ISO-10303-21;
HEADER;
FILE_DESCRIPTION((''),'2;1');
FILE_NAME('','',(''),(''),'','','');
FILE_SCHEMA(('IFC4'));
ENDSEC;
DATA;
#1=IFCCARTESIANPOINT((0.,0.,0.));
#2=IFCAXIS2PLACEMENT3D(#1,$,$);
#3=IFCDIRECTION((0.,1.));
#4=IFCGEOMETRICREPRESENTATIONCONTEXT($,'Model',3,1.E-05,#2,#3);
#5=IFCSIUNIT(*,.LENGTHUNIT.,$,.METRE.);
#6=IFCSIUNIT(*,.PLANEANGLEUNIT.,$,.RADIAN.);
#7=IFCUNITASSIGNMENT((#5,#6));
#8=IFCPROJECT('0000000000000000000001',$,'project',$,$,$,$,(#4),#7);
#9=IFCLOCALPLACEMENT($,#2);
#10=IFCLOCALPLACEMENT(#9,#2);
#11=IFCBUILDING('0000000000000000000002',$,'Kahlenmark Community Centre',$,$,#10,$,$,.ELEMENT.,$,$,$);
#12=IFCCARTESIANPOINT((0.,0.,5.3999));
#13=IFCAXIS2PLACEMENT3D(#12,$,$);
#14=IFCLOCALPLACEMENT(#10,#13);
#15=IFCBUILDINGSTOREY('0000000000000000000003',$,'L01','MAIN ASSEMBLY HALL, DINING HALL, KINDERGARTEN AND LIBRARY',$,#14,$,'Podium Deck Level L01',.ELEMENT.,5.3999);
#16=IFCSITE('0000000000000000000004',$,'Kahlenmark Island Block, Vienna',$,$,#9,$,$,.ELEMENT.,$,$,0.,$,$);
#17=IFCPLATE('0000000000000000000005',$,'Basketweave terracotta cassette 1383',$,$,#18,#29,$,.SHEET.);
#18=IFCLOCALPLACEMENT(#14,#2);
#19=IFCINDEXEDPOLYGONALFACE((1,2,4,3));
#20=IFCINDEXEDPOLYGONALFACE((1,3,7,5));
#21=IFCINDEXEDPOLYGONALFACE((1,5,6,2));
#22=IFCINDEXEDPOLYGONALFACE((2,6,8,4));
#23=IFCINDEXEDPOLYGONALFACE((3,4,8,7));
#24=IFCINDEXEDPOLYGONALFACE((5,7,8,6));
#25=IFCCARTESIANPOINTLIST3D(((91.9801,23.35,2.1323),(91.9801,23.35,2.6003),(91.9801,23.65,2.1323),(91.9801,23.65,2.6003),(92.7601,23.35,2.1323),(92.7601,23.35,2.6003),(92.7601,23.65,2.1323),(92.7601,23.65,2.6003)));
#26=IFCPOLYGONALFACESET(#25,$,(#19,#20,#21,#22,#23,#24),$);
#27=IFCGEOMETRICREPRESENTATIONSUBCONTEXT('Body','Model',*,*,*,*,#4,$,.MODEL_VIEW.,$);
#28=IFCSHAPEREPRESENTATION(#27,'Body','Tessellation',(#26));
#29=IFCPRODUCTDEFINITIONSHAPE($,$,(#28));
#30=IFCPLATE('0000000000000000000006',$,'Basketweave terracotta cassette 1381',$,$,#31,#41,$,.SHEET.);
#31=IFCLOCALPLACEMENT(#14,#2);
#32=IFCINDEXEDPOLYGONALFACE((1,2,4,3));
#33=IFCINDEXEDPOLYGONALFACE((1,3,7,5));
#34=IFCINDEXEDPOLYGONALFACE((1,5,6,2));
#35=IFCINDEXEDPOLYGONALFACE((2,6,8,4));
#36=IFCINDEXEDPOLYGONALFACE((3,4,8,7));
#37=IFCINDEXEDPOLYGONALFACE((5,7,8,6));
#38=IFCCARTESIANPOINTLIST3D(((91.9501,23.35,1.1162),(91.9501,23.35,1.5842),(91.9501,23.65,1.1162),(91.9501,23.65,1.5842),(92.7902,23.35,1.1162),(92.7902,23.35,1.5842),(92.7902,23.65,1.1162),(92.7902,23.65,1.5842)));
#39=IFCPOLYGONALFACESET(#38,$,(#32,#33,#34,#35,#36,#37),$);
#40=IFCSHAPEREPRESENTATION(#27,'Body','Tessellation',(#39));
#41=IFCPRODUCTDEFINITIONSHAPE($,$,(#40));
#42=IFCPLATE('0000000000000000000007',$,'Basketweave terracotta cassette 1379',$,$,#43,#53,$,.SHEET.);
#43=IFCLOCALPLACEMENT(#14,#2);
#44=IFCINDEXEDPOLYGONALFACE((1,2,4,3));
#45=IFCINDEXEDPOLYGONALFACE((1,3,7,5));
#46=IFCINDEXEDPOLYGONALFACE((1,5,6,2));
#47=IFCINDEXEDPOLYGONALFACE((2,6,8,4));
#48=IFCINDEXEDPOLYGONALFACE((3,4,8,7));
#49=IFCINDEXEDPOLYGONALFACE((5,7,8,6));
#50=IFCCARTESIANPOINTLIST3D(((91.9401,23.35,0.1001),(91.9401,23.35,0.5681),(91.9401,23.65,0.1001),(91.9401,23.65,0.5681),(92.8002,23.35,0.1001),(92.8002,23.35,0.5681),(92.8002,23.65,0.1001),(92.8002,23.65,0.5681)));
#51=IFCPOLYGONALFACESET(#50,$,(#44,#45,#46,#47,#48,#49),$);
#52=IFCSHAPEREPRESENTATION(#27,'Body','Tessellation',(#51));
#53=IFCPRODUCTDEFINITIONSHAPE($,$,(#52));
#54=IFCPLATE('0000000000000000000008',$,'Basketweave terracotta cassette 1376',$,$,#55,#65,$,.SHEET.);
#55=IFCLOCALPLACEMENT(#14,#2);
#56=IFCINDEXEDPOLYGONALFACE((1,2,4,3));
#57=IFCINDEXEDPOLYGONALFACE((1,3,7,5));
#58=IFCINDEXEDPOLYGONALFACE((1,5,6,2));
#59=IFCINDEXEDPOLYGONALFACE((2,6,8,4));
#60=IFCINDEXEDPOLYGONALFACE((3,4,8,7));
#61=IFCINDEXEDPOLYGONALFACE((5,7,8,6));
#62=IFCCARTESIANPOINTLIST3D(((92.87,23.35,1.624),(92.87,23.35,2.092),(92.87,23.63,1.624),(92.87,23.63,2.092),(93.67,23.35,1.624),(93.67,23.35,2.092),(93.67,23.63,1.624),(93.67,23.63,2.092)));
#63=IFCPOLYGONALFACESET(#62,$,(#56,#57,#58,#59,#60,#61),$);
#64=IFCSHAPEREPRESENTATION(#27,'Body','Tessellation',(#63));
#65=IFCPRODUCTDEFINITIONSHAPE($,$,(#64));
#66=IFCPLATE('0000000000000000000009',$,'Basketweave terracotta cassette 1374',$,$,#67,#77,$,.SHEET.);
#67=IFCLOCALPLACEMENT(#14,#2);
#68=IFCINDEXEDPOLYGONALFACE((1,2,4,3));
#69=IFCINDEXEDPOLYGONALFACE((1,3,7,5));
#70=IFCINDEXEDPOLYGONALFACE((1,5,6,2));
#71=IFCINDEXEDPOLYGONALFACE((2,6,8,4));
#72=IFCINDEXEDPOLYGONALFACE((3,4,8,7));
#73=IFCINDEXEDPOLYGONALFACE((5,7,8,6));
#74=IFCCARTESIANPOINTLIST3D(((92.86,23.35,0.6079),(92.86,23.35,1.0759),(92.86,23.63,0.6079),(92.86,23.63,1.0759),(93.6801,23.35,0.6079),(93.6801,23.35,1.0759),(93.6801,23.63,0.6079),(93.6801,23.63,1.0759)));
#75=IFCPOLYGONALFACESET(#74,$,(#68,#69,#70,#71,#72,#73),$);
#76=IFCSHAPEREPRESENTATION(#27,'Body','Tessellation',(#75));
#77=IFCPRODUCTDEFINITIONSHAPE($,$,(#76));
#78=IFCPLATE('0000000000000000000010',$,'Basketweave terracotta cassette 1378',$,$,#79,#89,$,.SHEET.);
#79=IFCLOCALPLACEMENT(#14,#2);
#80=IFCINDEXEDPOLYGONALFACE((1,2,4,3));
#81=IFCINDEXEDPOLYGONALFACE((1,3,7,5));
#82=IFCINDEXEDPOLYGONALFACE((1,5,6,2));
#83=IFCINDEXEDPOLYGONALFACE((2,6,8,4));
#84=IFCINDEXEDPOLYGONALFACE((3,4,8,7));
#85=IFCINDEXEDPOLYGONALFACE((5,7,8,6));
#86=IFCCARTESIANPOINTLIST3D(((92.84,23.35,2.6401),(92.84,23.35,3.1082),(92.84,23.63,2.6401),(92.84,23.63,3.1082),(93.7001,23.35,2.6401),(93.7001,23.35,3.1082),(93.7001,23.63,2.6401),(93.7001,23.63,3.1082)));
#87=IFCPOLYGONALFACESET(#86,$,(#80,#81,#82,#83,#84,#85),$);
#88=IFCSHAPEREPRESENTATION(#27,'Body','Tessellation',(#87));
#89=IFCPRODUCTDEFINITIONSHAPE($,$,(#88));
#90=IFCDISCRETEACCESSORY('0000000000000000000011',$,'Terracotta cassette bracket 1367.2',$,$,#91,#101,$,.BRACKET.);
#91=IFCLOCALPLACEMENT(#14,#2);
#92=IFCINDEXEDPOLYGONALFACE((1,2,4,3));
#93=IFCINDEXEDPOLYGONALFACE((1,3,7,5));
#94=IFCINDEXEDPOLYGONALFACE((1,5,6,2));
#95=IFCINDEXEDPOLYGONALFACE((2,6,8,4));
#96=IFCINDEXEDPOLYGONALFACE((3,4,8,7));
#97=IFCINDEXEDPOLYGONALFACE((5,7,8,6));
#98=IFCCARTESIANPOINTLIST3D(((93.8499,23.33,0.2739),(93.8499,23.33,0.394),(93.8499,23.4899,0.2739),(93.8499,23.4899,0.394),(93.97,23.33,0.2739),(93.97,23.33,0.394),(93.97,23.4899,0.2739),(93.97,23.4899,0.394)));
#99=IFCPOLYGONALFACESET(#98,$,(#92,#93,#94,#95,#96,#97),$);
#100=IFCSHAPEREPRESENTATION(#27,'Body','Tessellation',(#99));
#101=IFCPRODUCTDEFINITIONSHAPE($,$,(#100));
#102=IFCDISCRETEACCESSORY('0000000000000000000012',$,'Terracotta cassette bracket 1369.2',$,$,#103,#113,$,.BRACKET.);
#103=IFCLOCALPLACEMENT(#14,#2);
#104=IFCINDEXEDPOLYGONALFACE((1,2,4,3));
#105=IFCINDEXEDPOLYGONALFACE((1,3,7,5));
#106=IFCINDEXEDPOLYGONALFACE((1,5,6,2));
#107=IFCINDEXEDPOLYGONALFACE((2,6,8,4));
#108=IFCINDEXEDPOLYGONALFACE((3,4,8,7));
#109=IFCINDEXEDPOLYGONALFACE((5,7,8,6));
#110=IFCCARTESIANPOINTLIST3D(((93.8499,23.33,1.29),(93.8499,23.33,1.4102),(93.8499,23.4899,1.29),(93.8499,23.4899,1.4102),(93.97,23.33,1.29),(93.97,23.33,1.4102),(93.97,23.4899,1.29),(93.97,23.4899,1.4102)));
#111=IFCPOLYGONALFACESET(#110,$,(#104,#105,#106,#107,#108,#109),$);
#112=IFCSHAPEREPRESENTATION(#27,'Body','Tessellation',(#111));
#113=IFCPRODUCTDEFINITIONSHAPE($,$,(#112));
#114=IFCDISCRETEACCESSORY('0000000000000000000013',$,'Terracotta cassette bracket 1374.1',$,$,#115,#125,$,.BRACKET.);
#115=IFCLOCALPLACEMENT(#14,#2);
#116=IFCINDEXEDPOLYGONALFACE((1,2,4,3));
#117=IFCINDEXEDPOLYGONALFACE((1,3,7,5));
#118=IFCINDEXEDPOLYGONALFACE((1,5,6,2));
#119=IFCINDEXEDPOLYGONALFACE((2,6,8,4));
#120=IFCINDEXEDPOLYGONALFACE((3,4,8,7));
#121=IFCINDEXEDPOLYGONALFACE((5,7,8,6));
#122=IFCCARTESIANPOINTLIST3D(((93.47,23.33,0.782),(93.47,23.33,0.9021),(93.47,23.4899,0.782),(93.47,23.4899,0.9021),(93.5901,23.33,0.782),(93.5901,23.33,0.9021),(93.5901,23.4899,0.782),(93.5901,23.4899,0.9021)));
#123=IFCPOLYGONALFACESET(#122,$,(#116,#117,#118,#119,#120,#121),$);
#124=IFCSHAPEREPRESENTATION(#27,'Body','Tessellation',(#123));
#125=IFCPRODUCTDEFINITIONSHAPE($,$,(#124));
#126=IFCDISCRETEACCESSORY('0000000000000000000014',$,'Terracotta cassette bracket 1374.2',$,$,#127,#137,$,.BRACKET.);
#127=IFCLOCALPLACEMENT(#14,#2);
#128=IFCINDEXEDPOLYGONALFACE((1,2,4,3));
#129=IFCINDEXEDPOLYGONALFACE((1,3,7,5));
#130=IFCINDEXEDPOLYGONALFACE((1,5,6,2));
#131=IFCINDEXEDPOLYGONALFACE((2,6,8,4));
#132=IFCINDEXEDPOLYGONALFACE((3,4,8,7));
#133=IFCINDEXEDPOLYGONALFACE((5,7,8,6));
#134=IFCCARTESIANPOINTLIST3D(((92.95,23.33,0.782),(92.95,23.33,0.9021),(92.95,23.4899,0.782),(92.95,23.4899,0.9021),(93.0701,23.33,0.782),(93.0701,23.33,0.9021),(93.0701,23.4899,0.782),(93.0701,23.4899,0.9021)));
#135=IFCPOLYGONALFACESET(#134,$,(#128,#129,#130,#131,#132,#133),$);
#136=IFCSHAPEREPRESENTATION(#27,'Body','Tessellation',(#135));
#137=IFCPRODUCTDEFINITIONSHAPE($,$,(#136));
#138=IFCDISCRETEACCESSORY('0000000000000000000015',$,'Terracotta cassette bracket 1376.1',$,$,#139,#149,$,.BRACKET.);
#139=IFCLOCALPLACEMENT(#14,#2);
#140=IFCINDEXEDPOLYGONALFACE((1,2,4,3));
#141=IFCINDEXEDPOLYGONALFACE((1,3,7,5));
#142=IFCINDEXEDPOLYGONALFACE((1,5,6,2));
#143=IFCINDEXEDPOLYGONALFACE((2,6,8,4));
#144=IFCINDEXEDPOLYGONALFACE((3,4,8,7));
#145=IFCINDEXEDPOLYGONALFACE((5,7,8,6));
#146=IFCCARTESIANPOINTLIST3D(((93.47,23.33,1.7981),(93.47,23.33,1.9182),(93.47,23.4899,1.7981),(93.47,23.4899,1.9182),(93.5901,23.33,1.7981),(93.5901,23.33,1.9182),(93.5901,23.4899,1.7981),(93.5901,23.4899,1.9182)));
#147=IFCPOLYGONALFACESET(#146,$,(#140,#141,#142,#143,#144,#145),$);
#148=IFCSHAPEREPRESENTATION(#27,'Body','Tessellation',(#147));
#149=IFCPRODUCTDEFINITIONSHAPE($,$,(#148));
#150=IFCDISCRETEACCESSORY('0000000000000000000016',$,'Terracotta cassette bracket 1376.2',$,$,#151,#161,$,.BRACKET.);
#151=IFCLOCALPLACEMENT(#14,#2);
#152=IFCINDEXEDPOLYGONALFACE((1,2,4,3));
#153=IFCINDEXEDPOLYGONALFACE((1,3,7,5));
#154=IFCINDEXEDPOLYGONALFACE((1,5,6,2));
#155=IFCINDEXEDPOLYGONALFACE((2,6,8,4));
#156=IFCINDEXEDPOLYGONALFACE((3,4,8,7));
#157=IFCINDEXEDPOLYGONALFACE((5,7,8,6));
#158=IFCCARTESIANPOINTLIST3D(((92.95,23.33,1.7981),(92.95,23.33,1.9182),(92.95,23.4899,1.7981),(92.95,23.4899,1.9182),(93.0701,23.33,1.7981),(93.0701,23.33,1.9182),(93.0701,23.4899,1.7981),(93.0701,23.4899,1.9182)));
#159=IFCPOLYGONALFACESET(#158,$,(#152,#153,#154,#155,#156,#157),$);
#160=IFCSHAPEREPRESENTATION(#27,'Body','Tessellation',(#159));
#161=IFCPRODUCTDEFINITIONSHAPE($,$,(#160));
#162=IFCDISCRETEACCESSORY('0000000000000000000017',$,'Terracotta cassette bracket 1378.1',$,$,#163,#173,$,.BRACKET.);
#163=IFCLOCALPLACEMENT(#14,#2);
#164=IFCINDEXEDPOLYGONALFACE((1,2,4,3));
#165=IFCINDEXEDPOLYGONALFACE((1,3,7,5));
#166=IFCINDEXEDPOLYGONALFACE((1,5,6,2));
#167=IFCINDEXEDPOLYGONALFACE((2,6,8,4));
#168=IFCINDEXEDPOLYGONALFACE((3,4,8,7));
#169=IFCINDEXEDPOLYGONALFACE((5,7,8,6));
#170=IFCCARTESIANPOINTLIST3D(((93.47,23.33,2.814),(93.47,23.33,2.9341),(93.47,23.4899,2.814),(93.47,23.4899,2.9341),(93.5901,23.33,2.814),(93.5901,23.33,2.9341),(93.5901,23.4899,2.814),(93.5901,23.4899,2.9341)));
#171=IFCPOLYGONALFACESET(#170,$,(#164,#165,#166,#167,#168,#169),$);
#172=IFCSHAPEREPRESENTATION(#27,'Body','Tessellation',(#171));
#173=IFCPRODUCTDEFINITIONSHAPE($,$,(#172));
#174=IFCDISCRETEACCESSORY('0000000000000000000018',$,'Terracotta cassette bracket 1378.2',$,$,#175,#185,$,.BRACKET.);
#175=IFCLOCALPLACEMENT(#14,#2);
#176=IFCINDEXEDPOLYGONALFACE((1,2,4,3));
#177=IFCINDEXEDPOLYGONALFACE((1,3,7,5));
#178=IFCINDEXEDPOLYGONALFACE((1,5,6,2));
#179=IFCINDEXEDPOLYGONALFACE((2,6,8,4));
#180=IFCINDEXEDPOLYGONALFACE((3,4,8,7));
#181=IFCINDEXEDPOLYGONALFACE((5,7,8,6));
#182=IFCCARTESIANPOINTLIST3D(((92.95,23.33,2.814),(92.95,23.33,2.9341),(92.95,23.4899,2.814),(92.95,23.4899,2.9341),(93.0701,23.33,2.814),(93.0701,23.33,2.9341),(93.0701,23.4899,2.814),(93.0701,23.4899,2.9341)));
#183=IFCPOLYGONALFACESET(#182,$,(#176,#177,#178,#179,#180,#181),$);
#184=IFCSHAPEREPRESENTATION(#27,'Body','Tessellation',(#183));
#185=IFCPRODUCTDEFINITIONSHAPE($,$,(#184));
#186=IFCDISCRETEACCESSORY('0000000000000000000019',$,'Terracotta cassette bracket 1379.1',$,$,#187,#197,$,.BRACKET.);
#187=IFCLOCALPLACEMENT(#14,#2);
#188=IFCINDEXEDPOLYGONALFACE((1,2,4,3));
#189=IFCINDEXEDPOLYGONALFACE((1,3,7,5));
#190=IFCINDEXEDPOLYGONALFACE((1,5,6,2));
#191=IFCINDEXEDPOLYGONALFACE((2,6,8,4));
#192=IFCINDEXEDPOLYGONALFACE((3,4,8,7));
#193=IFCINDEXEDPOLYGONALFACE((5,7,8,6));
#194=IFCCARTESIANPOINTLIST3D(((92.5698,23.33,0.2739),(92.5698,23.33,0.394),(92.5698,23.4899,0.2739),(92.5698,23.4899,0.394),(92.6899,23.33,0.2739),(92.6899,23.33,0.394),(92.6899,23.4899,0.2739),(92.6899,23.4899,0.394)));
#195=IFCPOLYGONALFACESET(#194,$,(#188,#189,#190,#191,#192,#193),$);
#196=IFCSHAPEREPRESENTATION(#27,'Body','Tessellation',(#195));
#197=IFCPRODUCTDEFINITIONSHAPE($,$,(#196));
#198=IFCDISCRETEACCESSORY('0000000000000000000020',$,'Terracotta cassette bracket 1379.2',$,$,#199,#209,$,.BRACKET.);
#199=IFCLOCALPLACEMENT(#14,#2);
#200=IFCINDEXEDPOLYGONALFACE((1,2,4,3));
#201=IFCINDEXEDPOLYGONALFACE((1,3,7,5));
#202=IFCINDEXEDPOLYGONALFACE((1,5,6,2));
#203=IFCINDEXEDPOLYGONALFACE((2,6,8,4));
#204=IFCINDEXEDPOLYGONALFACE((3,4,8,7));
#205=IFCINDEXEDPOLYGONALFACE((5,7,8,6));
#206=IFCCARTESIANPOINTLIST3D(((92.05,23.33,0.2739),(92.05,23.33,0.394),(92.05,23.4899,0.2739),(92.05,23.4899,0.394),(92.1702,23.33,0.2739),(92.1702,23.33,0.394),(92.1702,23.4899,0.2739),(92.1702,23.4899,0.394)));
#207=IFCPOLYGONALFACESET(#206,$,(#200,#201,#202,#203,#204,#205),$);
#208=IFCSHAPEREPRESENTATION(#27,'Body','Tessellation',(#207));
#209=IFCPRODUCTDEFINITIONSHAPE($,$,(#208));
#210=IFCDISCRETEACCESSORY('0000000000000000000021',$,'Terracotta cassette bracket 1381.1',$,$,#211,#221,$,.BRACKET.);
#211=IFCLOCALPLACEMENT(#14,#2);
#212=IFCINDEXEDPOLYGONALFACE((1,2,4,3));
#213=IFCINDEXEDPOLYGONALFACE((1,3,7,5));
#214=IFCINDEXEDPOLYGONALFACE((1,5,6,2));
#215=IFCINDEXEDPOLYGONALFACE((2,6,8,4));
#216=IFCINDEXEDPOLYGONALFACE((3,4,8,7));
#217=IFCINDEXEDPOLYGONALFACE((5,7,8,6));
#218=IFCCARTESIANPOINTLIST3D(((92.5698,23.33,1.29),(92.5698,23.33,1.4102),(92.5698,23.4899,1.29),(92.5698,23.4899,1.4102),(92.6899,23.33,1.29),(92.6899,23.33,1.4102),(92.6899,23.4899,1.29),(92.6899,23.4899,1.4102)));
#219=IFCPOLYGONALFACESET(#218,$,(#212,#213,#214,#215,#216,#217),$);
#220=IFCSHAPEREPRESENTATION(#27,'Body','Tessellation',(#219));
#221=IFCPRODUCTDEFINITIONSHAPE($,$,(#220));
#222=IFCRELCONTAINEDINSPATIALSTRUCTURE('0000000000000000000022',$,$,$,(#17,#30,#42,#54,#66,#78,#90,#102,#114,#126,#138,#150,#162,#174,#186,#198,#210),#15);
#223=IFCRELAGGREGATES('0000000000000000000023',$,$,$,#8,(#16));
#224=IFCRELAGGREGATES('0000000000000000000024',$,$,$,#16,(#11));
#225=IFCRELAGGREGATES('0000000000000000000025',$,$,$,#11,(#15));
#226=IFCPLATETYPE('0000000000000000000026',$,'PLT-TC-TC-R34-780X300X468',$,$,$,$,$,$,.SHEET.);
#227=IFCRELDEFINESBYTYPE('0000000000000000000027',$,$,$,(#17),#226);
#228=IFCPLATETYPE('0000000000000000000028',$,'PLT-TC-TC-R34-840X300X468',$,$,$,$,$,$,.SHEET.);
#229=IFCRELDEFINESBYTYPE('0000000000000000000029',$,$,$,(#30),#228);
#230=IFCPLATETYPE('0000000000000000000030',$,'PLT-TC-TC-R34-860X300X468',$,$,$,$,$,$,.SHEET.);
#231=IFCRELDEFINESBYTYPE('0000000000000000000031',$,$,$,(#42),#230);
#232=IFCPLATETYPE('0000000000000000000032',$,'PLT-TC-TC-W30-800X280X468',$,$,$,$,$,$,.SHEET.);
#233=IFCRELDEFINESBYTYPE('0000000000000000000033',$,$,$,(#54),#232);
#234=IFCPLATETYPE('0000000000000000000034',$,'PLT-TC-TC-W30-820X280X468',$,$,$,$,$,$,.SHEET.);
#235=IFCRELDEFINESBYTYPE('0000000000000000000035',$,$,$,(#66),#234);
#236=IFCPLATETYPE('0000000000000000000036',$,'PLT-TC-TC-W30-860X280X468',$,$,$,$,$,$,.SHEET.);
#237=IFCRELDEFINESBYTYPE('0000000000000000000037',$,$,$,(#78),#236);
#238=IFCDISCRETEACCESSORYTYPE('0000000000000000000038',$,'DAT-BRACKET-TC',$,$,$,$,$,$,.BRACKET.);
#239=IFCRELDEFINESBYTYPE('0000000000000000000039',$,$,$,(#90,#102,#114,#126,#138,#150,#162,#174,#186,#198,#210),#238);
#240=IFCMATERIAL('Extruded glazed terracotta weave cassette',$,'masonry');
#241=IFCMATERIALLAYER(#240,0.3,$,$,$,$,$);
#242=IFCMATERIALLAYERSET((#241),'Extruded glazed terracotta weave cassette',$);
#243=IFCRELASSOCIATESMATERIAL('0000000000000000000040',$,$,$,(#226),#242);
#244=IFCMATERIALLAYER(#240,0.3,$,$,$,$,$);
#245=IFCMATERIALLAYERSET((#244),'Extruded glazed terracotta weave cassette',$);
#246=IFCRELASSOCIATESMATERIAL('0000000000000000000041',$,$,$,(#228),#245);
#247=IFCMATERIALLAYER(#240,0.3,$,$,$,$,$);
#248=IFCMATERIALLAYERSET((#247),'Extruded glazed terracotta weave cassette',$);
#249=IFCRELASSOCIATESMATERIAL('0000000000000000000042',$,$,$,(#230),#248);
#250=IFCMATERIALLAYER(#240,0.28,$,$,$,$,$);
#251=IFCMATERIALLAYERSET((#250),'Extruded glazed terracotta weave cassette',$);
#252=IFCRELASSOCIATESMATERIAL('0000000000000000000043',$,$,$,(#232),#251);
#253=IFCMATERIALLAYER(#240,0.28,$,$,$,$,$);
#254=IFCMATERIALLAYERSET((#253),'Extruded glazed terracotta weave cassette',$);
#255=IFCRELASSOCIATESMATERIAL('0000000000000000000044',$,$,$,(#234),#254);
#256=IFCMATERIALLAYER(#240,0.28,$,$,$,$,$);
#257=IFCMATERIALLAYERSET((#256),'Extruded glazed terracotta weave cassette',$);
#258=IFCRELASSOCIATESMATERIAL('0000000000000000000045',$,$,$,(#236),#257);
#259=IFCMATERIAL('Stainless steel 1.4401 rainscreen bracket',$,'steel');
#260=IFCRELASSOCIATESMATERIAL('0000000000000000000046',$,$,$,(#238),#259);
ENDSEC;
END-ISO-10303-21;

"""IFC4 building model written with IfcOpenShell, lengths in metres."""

from ifc_helpers import new_model, si_unit, direction, frame, origin, origin_2d, place, context, subcontext, project, spatial, rectangle, extrude, material, layer, layer_set, type_object, element, save


model = new_model("IFC4")

# Units and contexts
model_context = context("Model", 3, precision=1e-05, world=origin(), true_north=direction((0.0, 1.0)))
body_context = subcontext(model_context, "Body", "Model", "MODEL_VIEW")
ifc_project = project(units=[si_unit("LENGTHUNIT", "METRE"), si_unit("PLANEANGLEUNIT", "RADIAN")], contexts=[model_context])

# Site, building, storey
site_placement = place(None, origin())
site = spatial("IfcSite", under=ifc_project, at=site_placement, Name="Kahlenmark Island Block, Vienna", CompositionType="ELEMENT", RefElevation=0.0)
building_placement = place(site_placement, origin())
building = spatial("IfcBuilding", under=site, at=building_placement, Name="Kahlenmark Community Centre", CompositionType="ELEMENT")
storey_placement = place(building_placement, frame((0.0, 0.0, 5.3999)))
storey = spatial("IfcBuildingStorey", under=building, at=storey_placement, Name="L01", Description="MAIN ASSEMBLY HALL, DINING HALL, KINDERGARTEN AND LIBRARY", LongName="Podium Deck Level L01", CompositionType="ELEMENT", Elevation=5.3999)

# Plates
ifc_material_1 = material(Name="Extruded glazed terracotta weave cassette", Category="masonry")
ifc_layer_1 = layer(ifc_material_1, 0.3)
ifc_layer_set_1 = layer_set([ifc_layer_1], Name="Extruded glazed terracotta weave cassette")
plate_type_1 = type_object("IfcPlateType", Name="PLT-TC-TC-R34-780X300X468", PredefinedType="SHEET", material=ifc_layer_set_1)
plate_1_placement = place(storey_placement, frame((92.3701, 23.5, 2.1323), z_axis=(0.0, 0.0, 1.0), x_axis=(-1.0, 0.0, 0.0)))
element("IfcPlate", 1, at=plate_1_placement, inside=storey, type_object=plate_type_1, Name="Basketweave terracotta cassette 1383", PredefinedType="SHEET", context=body_context, shape_type="SweptSolid", body=[
    extrude(rectangle(XDim=0.78, YDim=0.3, at=origin_2d()), origin(), (0.0, 0.0, 1.0), 0.468),
])
ifc_layer_2 = layer(ifc_material_1, 0.3)
ifc_layer_set_2 = layer_set([ifc_layer_2], Name="Extruded glazed terracotta weave cassette")
plate_type_2 = type_object("IfcPlateType", Name="PLT-TC-TC-R34-840X300X468", PredefinedType="SHEET", material=ifc_layer_set_2)
plate_2_placement = place(storey_placement, frame((92.3701, 23.5, 1.1162), z_axis=(0.0, 0.0, 1.0), x_axis=(-1.0, 0.0, 0.0)))
element("IfcPlate", 2, at=plate_2_placement, inside=storey, type_object=plate_type_2, Name="Basketweave terracotta cassette 1381", PredefinedType="SHEET", context=body_context, shape_type="SweptSolid", body=[
    extrude(rectangle(XDim=0.8401, YDim=0.3, at=origin_2d()), origin(), (0.0, 0.0, 1.0), 0.468),
])
ifc_layer_3 = layer(ifc_material_1, 0.3)
ifc_layer_set_3 = layer_set([ifc_layer_3], Name="Extruded glazed terracotta weave cassette")
plate_type_3 = type_object("IfcPlateType", Name="PLT-TC-TC-R34-860X300X468", PredefinedType="SHEET", material=ifc_layer_set_3)
plate_3_placement = place(storey_placement, frame((92.3701, 23.5, 0.1001), z_axis=(0.0, 0.0, 1.0), x_axis=(-1.0, 0.0, 0.0)))
element("IfcPlate", 3, at=plate_3_placement, inside=storey, type_object=plate_type_3, Name="Basketweave terracotta cassette 1379", PredefinedType="SHEET", context=body_context, shape_type="SweptSolid", body=[
    extrude(rectangle(XDim=0.8601, YDim=0.3, at=origin_2d()), origin(), (0.0, 0.0, 1.0), 0.468),
])
ifc_layer_4 = layer(ifc_material_1, 0.28)
ifc_layer_set_4 = layer_set([ifc_layer_4], Name="Extruded glazed terracotta weave cassette")
plate_type_4 = type_object("IfcPlateType", Name="PLT-TC-TC-W30-800X280X468", PredefinedType="SHEET", material=ifc_layer_set_4)
plate_4_placement = place(storey_placement, frame((93.27, 23.49, 1.624), z_axis=(0.0, 0.0, 1.0), x_axis=(-1.0, 0.0, 0.0)))
element("IfcPlate", 4, at=plate_4_placement, inside=storey, type_object=plate_type_4, Name="Basketweave terracotta cassette 1376", PredefinedType="SHEET", context=body_context, shape_type="SweptSolid", body=[
    extrude(rectangle(XDim=0.8, YDim=0.28, at=origin_2d()), origin(), (0.0, 0.0, 1.0), 0.468),
])
ifc_layer_5 = layer(ifc_material_1, 0.28)
ifc_layer_set_5 = layer_set([ifc_layer_5], Name="Extruded glazed terracotta weave cassette")
plate_type_5 = type_object("IfcPlateType", Name="PLT-TC-TC-W30-820X280X468", PredefinedType="SHEET", material=ifc_layer_set_5)
plate_5_placement = place(storey_placement, frame((93.27, 23.49, 0.6079), z_axis=(0.0, 0.0, 1.0), x_axis=(-1.0, 0.0, 0.0)))
element("IfcPlate", 5, at=plate_5_placement, inside=storey, type_object=plate_type_5, Name="Basketweave terracotta cassette 1374", PredefinedType="SHEET", context=body_context, shape_type="SweptSolid", body=[
    extrude(rectangle(XDim=0.8201, YDim=0.28, at=origin_2d()), origin(), (0.0, 0.0, 1.0), 0.468),
])
ifc_layer_6 = layer(ifc_material_1, 0.28)
ifc_layer_set_6 = layer_set([ifc_layer_6], Name="Extruded glazed terracotta weave cassette")
plate_type_6 = type_object("IfcPlateType", Name="PLT-TC-TC-W30-860X280X468", PredefinedType="SHEET", material=ifc_layer_set_6)
plate_6_placement = place(storey_placement, frame((93.27, 23.49, 2.6401), z_axis=(0.0, 0.0, 1.0), x_axis=(-1.0, 0.0, 0.0)))
element("IfcPlate", 6, at=plate_6_placement, inside=storey, type_object=plate_type_6, Name="Basketweave terracotta cassette 1378", PredefinedType="SHEET", context=body_context, shape_type="SweptSolid", body=[
    extrude(rectangle(XDim=0.8601, YDim=0.28, at=origin_2d()), origin(), (0.0, 0.0, 1.0), 0.468),
])

# Discrete accessories
ifc_material_2 = material(Name="Stainless steel 1.4401 rainscreen bracket", Category="steel")
discrete_accessory_type = type_object("IfcDiscreteAccessoryType", Name="DAT-BRACKET-TC", PredefinedType="BRACKET", material=ifc_material_2)
for number, where, z_axis, x_axis, name in (
    (7, (93.9099, 23.4099, 0.2739), (0.0, 0.0, 1.0), (-1.0, 0.0, 0.0), "Terracotta cassette bracket 1367.2"),
    (8, (93.9099, 23.4099, 1.29), (0.0, 0.0, 1.0), (-1.0, 0.0, 0.0), "Terracotta cassette bracket 1369.2"),
    (9, (93.53, 23.4099, 0.782), (0.0, 0.0, 1.0), (-1.0, 0.0, 0.0), "Terracotta cassette bracket 1374.1"),
    (10, (93.01, 23.4099, 0.782), (0.0, 0.0, 1.0), (-1.0, 0.0, 0.0), "Terracotta cassette bracket 1374.2"),
    (11, (93.53, 23.4099, 1.7981), (0.0, 0.0, 1.0), (-1.0, 0.0, 0.0), "Terracotta cassette bracket 1376.1"),
    (12, (93.01, 23.4099, 1.7981), (0.0, 0.0, 1.0), (-1.0, 0.0, 0.0), "Terracotta cassette bracket 1376.2"),
    (13, (93.53, 23.4099, 2.814), (0.0, 0.0, 1.0), (-1.0, 0.0, 0.0), "Terracotta cassette bracket 1378.1"),
    (14, (93.01, 23.4099, 2.814), (0.0, 0.0, 1.0), (-1.0, 0.0, 0.0), "Terracotta cassette bracket 1378.2"),
    (15, (92.6299, 23.4099, 0.2739), (0.0, 0.0, 1.0), (-1.0, 0.0, 0.0), "Terracotta cassette bracket 1379.1"),
    (16, (92.1101, 23.4099, 0.2739), (0.0, 0.0, 1.0), (-1.0, 0.0, 0.0), "Terracotta cassette bracket 1379.2"),
    (17, (92.6299, 23.4099, 1.29), (0.0, 0.0, 1.0), (-1.0, 0.0, 0.0), "Terracotta cassette bracket 1381.1"),
):
    element("IfcDiscreteAccessory", number, at=place(storey_placement, frame(where, z_axis=z_axis, x_axis=x_axis)), inside=storey, type_object=discrete_accessory_type, Name=name, PredefinedType="BRACKET", context=body_context, shape_type="SweptSolid", body=[
        extrude(rectangle(XDim=0.1201, YDim=0.1599, at=origin_2d()), origin(), (0.0, 0.0, 1.0), 0.1201),
    ])

save(model, "model.ifc")
